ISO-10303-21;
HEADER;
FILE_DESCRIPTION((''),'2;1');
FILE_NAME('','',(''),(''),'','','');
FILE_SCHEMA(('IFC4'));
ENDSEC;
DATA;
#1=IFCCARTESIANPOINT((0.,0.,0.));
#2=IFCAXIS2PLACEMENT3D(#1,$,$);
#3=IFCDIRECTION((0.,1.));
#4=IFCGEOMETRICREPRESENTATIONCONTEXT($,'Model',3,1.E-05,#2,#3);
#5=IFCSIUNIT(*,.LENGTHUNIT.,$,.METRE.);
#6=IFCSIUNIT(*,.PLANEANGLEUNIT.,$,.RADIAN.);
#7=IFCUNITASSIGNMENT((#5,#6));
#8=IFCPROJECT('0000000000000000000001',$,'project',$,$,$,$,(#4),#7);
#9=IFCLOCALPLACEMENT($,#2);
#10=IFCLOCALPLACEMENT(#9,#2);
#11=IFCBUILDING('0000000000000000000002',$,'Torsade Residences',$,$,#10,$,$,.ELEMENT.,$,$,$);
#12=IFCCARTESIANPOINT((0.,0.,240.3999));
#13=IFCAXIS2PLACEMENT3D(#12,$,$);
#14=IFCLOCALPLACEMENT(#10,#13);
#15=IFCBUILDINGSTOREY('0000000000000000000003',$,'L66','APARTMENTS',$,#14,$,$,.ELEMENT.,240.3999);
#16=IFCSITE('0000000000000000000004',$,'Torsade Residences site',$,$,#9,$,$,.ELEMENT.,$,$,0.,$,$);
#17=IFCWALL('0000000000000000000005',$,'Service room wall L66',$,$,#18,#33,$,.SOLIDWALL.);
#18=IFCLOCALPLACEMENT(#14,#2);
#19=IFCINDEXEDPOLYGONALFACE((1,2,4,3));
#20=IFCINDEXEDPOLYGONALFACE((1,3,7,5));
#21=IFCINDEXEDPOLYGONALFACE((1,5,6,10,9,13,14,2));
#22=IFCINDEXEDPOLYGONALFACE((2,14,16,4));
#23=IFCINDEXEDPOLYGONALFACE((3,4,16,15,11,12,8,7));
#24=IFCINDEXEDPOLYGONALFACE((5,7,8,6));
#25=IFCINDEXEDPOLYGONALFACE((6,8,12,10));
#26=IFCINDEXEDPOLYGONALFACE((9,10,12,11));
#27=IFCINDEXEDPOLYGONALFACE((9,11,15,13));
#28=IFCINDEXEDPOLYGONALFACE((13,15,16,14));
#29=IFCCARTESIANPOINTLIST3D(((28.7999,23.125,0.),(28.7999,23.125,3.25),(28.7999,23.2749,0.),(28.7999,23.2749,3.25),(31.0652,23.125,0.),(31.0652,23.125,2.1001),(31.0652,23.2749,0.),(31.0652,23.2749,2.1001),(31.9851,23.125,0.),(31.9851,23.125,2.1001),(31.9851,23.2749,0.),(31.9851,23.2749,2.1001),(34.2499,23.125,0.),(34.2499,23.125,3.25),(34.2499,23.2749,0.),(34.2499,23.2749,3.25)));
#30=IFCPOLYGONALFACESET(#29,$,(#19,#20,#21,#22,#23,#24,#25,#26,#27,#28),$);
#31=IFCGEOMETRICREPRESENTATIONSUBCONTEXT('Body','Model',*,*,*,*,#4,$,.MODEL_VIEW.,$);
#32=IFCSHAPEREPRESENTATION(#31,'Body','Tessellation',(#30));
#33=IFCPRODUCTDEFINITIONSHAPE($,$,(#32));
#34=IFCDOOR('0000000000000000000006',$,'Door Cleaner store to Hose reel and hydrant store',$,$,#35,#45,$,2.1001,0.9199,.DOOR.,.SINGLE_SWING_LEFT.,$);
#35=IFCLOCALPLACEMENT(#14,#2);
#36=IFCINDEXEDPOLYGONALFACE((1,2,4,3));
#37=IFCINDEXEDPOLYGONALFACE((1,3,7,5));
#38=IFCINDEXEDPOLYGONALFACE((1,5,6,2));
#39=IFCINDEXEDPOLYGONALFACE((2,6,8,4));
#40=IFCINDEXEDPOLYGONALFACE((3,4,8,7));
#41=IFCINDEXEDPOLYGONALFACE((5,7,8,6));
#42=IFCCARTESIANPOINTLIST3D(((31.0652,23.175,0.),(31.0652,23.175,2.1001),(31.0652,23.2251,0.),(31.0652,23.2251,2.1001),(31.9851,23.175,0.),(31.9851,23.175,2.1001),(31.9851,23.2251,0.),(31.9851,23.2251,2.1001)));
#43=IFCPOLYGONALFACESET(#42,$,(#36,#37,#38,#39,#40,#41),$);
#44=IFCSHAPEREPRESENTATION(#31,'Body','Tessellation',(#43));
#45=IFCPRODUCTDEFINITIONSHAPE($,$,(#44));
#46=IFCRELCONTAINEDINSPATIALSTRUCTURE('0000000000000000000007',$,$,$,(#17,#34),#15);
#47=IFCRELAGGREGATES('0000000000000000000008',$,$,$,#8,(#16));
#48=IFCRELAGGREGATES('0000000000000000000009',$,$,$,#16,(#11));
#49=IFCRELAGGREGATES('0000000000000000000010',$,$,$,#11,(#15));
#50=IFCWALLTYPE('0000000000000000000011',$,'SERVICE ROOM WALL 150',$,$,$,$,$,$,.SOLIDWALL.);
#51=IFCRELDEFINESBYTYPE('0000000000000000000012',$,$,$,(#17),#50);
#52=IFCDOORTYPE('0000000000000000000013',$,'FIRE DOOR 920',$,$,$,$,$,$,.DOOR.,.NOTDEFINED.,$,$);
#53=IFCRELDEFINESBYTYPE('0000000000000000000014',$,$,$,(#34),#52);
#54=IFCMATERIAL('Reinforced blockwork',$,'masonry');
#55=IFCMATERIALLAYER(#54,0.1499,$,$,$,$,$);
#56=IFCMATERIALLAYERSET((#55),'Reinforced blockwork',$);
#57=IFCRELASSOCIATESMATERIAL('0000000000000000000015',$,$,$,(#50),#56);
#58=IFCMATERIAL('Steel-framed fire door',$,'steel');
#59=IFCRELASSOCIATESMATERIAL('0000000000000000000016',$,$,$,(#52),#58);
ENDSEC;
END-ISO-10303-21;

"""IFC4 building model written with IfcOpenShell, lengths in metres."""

from ifc_helpers import new_model, si_unit, direction, frame, frame_2d, origin, place, context, subcontext, project, spatial, rectangle, extrude, material, layer, layer_set, type_object, element, fill, save


model = new_model("IFC4")

# Units and contexts
model_context = context("Model", 3, precision=1e-05, world=origin(), true_north=direction((0.0, 1.0)))
body_context = subcontext(model_context, "Body", "Model", "MODEL_VIEW")
ifc_project = project(units=[si_unit("LENGTHUNIT", "METRE"), si_unit("PLANEANGLEUNIT", "RADIAN")], contexts=[model_context])

# Site, building, storey
site_placement = place(None, origin())
site = spatial("IfcSite", under=ifc_project, at=site_placement, Name="Torsade Residences site", CompositionType="ELEMENT", RefElevation=0.0)
building_placement = place(site_placement, origin())
building = spatial("IfcBuilding", under=site, at=building_placement, Name="Torsade Residences", CompositionType="ELEMENT")
storey_placement = place(building_placement, frame((0.0, 0.0, 240.3999)))
storey = spatial("IfcBuildingStorey", under=building, at=storey_placement, Name="L66", Description="APARTMENTS", CompositionType="ELEMENT", Elevation=240.3999)

# Shared definitions
ifc_material_1 = material(Name="Reinforced blockwork", Category="masonry")
ifc_layer_1 = layer(ifc_material_1, 0.1499)
ifc_layer_set_1 = layer_set([ifc_layer_1], Name="Reinforced blockwork")
wall_type_1 = type_object("IfcWallType", Name="SERVICE ROOM WALL 150", PredefinedType="SOLIDWALL", material=ifc_layer_set_1)

# Wall, opening, door
wall_1_placement = place(storey_placement, frame((34.25, 23.2, 0.0), z_axis=(0.0, 0.0, 1.0), x_axis=(-1.0, 0.0, 0.0)))
wall_1 = element("IfcWall", 1, at=wall_1_placement, inside=storey, type_object=wall_type_1, Name="Service room wall L66", PredefinedType="SOLIDWALL", context=body_context, shape_type="SweptSolid", body=[
    extrude(rectangle(XDim=5.45, YDim=0.1499, at=frame_2d((2.7251, 0.0))), origin(), (0.0, 0.0, 1.0), 3.25),
])
opening_1_placement = place(wall_1_placement, frame((2.2649, 0.0, 0.0)))
opening_1 = element("IfcOpeningElement", 2, at=opening_1_placement, cuts=wall_1, PredefinedType="OPENING", context=body_context, shape_type="SweptSolid", body=[
    extrude(rectangle(XDim=0.9199, YDim=2.1001, at=frame_2d((0.46, 1.05))), frame((0.0, 0.085, 0.0), z_axis=(0.0, -1.0, 0.0), x_axis=(1.0, 0.0, 0.0)), (0.0, 0.0, 1.0), 0.1699),
])
ifc_material_2 = material(Name="Steel-framed fire door", Category="steel")
door_type_1 = type_object("IfcDoorType", Name="FIRE DOOR 920", OperationType="NOTDEFINED", PredefinedType="DOOR", material=ifc_material_2)
door_1_placement = place(opening_1_placement, origin())
door_1 = element("IfcDoor", 3, at=door_1_placement, inside=storey, type_object=door_type_1, Name="Door Cleaner store to Hose reel and hydrant store", OperationType="SINGLE_SWING_LEFT", OverallHeight=2.1001, OverallWidth=0.9199, PredefinedType="DOOR", context=body_context, shape_type="SweptSolid", body=[
    extrude(rectangle(XDim=0.9199, YDim=2.1001, at=frame_2d((0.46, 1.05))), frame((0.0, 0.0249, 0.0), z_axis=(0.0, -1.0, 0.0), x_axis=(1.0, 0.0, 0.0)), (0.0, 0.0, 1.0), 0.05),
])
fill(opening_1, door_1)

save(model, "model.ifc")
